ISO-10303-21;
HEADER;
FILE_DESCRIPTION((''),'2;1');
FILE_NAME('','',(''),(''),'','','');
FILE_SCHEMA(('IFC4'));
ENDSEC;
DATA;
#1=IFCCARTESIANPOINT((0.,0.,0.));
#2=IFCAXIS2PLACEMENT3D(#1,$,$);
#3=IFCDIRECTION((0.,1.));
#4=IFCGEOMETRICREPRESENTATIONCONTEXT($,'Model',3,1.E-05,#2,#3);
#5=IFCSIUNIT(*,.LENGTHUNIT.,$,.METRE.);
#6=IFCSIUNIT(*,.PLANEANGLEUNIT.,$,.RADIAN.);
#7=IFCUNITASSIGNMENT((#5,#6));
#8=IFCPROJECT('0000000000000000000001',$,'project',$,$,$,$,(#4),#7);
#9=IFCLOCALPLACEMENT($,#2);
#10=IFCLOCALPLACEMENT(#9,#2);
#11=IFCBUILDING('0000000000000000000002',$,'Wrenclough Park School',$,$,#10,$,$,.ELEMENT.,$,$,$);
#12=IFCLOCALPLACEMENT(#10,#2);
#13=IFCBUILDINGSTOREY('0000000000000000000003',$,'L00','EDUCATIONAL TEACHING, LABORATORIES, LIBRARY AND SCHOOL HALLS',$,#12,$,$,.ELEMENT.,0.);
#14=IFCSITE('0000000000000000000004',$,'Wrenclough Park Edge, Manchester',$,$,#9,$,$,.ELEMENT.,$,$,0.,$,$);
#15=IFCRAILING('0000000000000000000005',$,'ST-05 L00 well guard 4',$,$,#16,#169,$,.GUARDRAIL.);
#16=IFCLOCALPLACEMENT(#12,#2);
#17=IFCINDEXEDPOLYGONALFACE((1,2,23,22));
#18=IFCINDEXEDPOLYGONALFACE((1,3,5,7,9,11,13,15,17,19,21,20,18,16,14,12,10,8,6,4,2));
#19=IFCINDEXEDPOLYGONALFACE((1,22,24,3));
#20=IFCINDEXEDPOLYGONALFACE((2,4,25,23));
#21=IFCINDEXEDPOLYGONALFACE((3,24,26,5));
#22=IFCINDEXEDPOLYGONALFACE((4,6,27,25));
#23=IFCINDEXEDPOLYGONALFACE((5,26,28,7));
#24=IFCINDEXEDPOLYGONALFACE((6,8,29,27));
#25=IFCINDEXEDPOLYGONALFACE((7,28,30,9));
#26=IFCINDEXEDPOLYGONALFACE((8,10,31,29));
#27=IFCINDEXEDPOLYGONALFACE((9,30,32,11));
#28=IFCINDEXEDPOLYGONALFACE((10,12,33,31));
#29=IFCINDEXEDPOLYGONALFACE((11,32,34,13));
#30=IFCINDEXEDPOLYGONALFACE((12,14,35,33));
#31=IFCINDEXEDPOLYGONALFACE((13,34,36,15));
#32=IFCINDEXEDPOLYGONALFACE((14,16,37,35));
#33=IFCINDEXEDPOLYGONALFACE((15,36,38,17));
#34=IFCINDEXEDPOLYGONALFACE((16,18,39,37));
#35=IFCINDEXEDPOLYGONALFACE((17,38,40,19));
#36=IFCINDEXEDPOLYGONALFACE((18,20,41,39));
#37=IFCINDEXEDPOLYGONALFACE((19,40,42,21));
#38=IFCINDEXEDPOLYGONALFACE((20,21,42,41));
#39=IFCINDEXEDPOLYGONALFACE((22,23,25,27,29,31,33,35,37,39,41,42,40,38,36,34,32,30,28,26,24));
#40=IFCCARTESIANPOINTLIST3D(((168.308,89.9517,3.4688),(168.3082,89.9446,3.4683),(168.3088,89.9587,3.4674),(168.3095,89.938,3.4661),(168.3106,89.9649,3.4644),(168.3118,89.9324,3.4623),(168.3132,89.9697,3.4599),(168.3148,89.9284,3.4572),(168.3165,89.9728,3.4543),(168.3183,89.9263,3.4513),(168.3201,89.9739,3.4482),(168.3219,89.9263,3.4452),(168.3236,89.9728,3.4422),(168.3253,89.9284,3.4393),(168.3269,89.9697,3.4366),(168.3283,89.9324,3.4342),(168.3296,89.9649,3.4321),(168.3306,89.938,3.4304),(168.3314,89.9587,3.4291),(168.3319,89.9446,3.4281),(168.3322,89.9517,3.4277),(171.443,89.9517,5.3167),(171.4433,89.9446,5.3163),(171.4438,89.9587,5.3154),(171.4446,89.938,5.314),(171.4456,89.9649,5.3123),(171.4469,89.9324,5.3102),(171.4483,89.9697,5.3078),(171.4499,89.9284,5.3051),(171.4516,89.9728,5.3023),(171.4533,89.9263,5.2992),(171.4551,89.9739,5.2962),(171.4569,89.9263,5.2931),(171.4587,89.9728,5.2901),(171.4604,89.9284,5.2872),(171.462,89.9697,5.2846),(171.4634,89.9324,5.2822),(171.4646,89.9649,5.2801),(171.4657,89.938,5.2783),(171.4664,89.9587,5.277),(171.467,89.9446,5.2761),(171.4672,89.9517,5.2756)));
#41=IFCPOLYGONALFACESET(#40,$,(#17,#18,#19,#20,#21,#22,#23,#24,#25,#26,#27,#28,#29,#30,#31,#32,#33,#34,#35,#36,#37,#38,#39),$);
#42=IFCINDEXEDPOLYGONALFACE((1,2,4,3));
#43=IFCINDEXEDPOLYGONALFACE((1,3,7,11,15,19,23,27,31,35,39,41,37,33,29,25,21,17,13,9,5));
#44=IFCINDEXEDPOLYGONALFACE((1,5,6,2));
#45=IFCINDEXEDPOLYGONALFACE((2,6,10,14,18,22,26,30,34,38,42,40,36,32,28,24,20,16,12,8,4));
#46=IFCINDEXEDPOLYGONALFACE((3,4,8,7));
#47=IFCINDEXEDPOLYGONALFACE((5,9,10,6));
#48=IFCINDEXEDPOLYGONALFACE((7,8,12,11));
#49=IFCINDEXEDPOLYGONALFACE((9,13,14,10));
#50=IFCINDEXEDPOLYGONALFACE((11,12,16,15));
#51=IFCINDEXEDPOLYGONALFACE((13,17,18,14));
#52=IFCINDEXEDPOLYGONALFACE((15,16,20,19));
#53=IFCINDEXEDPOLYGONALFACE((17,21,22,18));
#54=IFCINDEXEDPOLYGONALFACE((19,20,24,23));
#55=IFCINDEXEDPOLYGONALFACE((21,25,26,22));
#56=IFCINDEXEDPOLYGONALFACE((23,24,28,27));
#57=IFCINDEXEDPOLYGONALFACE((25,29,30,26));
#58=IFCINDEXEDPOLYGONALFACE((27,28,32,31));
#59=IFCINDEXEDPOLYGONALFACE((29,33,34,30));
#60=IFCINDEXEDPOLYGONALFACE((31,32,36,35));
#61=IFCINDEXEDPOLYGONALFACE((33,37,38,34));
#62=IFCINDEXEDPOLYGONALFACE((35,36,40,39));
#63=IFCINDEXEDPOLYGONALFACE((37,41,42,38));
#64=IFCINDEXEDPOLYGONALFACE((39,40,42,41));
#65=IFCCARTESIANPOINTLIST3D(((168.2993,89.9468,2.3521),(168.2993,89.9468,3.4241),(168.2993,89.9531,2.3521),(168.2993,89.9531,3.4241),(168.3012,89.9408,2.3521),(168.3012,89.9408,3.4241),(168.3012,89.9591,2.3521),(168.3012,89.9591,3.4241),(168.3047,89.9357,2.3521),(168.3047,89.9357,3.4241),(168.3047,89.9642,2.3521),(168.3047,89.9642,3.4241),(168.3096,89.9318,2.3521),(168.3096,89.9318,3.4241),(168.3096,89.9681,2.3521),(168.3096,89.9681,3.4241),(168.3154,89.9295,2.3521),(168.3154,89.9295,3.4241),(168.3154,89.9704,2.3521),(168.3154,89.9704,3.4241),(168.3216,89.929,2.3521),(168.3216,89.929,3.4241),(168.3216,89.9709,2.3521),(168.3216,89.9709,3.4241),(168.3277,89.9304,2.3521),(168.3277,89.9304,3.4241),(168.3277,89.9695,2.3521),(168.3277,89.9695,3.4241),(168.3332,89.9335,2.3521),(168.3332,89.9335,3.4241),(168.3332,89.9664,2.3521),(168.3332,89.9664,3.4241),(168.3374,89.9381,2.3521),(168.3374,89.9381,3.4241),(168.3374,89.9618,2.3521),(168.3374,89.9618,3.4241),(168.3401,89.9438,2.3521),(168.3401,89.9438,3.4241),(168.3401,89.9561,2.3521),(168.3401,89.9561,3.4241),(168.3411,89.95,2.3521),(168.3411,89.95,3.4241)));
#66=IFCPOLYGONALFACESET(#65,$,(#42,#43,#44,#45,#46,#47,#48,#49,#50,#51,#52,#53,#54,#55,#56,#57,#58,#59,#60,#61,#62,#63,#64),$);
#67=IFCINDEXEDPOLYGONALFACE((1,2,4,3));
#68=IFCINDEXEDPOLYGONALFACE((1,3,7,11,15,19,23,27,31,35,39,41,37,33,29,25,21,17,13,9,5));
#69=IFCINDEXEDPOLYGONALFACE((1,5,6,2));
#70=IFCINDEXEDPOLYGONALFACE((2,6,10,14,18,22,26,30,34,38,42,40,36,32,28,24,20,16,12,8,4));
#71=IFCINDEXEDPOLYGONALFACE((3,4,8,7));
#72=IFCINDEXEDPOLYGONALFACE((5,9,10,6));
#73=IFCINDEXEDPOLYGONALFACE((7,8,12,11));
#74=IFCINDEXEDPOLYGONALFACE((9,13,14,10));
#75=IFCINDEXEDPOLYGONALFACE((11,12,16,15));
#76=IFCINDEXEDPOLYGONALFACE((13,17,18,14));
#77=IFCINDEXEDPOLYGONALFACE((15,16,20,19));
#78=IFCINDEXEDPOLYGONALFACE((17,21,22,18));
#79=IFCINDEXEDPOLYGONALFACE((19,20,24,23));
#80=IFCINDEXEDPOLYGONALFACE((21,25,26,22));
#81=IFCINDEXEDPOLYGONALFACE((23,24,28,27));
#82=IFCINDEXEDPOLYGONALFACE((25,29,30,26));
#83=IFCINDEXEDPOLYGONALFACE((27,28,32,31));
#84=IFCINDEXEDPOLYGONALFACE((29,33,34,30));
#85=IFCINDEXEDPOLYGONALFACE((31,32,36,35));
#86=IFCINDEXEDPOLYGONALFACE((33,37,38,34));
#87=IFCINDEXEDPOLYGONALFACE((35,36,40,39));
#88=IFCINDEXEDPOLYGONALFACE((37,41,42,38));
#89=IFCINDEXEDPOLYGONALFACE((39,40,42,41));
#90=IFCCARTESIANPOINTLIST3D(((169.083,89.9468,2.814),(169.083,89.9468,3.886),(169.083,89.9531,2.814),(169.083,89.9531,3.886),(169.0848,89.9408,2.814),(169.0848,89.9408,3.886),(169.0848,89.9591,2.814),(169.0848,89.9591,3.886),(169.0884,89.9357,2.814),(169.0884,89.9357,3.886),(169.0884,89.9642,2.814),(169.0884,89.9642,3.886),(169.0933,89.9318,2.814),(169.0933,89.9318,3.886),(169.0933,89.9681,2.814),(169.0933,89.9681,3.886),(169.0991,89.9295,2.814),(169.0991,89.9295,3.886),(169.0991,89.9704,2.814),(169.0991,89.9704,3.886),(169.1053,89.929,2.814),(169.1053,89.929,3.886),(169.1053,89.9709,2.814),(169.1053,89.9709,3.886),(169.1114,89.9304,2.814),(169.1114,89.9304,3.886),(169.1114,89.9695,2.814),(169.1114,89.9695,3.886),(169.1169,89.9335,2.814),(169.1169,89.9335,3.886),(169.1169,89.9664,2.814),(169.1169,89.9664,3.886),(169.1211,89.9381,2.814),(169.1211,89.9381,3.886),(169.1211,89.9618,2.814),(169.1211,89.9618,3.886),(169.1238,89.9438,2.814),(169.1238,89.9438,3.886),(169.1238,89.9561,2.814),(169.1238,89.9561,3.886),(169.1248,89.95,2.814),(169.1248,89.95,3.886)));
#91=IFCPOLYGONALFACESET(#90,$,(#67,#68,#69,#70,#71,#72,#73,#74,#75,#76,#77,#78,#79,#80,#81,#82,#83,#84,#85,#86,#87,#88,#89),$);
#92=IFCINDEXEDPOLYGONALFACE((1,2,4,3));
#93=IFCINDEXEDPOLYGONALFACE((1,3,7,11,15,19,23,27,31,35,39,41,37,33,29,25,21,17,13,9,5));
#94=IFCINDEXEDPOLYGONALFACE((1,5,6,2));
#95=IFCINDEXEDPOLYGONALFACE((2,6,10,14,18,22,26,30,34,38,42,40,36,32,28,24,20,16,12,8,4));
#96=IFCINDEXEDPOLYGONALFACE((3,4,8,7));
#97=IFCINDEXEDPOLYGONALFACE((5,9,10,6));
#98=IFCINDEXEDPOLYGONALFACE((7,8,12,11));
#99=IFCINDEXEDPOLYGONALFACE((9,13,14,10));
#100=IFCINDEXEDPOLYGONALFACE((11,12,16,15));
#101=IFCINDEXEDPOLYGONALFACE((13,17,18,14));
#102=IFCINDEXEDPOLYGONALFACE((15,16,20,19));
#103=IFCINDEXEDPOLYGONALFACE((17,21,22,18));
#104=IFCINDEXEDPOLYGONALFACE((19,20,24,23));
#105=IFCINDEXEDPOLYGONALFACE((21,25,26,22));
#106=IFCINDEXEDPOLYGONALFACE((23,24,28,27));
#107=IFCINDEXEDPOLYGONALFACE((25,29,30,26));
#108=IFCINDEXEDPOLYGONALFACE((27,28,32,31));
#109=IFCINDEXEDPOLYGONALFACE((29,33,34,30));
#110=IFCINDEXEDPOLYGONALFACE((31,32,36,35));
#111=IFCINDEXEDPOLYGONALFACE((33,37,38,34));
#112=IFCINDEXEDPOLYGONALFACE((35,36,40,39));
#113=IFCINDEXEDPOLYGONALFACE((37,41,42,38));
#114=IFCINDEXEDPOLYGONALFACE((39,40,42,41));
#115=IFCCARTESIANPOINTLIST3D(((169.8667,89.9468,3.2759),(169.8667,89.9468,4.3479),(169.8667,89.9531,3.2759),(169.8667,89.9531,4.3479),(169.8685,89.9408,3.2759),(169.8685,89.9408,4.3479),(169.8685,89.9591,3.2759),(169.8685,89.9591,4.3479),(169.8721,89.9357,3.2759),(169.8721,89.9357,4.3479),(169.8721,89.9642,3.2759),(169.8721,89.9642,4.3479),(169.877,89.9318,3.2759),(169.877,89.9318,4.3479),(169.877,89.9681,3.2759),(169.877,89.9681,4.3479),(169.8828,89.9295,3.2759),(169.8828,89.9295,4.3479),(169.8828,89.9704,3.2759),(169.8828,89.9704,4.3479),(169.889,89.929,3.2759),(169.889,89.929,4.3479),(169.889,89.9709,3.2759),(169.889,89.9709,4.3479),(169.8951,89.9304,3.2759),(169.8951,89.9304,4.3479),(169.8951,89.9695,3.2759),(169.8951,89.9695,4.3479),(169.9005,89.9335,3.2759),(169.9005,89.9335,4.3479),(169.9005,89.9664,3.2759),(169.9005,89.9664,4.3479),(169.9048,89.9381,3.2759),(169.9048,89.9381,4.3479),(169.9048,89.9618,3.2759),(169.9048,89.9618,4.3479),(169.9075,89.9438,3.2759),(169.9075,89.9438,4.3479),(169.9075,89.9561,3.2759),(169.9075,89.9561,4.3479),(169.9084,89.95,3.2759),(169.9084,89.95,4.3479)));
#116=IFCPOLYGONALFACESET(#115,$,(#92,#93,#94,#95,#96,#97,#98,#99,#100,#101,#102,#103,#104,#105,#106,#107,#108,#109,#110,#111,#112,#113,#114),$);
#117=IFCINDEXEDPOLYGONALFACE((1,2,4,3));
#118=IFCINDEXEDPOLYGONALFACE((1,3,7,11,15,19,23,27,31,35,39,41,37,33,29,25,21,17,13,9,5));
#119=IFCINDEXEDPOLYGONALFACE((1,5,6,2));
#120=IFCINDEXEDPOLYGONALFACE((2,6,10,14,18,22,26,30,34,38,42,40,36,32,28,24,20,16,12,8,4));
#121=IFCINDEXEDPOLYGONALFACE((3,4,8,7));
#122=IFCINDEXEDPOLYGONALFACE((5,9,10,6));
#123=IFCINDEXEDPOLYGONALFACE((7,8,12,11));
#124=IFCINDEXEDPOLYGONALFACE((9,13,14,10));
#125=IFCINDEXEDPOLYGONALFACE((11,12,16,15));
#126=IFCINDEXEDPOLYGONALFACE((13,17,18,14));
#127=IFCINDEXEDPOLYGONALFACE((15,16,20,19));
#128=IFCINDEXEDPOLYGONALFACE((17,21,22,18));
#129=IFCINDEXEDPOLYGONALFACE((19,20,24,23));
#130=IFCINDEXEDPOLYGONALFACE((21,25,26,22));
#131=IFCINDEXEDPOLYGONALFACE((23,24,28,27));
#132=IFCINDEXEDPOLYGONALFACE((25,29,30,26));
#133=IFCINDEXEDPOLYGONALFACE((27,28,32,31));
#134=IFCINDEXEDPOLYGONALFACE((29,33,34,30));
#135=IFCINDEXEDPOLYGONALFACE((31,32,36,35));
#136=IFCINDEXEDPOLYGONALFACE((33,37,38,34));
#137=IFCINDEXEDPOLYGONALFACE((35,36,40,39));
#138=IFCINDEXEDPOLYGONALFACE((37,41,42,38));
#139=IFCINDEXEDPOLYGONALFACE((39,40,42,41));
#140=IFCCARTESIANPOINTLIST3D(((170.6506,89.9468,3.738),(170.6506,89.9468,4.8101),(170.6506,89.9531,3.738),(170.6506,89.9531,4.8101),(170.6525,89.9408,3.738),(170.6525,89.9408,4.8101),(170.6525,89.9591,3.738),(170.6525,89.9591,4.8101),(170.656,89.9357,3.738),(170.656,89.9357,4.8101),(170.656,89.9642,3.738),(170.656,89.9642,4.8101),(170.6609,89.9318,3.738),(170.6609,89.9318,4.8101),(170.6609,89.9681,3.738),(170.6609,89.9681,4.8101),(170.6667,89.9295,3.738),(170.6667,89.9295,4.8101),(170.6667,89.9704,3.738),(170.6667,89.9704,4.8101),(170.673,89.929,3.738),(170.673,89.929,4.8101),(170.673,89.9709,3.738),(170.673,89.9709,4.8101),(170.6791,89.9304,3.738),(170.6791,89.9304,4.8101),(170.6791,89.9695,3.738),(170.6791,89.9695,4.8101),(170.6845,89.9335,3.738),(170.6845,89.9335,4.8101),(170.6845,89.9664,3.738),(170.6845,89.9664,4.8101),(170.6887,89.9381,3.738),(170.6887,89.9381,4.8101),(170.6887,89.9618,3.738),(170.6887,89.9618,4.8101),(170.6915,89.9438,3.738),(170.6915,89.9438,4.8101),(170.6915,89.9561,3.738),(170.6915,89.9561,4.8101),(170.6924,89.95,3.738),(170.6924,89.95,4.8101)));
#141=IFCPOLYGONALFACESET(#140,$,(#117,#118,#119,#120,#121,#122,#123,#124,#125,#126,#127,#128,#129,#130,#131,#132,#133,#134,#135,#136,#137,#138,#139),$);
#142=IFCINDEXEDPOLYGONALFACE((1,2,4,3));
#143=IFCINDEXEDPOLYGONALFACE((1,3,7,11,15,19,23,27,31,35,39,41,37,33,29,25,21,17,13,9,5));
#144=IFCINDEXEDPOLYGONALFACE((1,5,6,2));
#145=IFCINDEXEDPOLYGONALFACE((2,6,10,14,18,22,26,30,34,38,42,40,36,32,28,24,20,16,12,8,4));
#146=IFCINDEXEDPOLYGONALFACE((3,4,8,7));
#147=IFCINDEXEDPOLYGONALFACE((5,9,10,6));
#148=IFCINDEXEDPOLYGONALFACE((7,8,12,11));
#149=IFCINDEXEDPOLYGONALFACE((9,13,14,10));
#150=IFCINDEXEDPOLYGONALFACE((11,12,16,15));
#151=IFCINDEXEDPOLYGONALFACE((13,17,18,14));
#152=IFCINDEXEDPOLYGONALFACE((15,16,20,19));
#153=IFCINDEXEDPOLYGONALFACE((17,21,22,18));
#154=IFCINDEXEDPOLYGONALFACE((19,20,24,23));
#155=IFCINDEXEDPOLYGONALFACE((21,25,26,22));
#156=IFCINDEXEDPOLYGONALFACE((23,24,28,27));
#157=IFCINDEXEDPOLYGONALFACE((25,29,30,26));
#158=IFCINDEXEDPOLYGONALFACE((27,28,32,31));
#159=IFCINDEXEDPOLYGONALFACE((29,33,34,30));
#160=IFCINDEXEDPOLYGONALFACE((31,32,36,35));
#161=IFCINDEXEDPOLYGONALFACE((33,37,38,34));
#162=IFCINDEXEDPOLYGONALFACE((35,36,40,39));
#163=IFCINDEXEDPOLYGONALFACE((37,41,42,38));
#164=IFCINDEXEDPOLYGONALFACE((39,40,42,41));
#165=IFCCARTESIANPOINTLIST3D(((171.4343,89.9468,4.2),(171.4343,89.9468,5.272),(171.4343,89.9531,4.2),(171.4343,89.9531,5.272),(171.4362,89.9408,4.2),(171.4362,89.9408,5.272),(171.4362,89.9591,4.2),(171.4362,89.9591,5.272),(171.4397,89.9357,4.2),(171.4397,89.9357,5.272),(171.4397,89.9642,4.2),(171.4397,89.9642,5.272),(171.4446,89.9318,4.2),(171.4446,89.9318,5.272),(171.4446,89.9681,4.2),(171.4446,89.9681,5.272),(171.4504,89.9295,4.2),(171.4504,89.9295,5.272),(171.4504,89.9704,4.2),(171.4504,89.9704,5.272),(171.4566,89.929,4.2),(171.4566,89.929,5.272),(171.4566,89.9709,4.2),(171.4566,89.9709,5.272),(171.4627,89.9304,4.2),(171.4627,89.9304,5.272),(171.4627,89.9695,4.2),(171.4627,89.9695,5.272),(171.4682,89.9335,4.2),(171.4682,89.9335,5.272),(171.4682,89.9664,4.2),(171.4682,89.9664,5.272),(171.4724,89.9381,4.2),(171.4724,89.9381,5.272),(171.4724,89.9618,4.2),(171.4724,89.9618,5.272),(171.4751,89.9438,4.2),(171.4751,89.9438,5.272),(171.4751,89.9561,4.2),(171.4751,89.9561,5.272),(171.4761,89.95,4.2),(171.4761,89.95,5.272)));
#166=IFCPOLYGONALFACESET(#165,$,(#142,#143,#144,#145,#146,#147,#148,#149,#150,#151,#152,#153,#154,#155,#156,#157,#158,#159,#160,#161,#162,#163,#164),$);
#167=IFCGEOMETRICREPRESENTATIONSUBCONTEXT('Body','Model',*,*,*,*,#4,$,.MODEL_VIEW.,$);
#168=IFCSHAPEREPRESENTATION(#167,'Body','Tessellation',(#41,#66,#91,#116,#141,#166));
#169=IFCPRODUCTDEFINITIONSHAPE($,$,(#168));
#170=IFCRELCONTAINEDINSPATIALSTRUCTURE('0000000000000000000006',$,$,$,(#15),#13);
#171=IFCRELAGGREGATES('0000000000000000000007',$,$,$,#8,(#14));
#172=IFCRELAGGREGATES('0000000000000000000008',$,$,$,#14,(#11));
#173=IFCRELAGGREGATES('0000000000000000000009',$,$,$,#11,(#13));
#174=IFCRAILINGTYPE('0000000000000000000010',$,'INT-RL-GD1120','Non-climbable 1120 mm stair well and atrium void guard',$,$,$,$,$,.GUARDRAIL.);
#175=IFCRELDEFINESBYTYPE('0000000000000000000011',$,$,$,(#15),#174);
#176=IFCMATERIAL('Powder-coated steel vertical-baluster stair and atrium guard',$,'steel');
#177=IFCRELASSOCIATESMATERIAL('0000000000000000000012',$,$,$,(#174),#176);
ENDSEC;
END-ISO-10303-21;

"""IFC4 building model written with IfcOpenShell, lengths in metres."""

from ifc_helpers import new_model, si_unit, direction, frame, origin, origin_2d, place, context, subcontext, project, spatial, circle, extrude, material, type_object, element, save


model = new_model("IFC4")

# Units and contexts
model_context = context("Model", 3, precision=1e-05, world=origin(), true_north=direction((0.0, 1.0)))
body_context = subcontext(model_context, "Body", "Model", "MODEL_VIEW")
ifc_project = project(units=[si_unit("LENGTHUNIT", "METRE"), si_unit("PLANEANGLEUNIT", "RADIAN")], contexts=[model_context])

# Site, building, storey
site_placement = place(None, origin())
site = spatial("IfcSite", under=ifc_project, at=site_placement, Name="Wrenclough Park Edge, Manchester", CompositionType="ELEMENT", RefElevation=0.0)
building_placement = place(site_placement, origin())
building = spatial("IfcBuilding", under=site, at=building_placement, Name="Wrenclough Park School", CompositionType="ELEMENT")
storey_placement = place(building_placement, origin())
storey = spatial("IfcBuildingStorey", under=building, at=storey_placement, Name="L00", Description="EDUCATIONAL TEACHING, LABORATORIES, LIBRARY AND SCHOOL HALLS", CompositionType="ELEMENT", Elevation=0.0)

# Railing
ifc_material_1 = material(Name="Powder-coated steel vertical-baluster stair and atrium guard", Category="steel")
railing_type_1 = type_object("IfcRailingType", Name="INT-RL-GD1120", Description="Non-climbable 1120 mm stair well and atrium void guard", PredefinedType="GUARDRAIL", material=ifc_material_1)
railing_1_placement = place(storey_placement, frame((168.3201, 89.95, 2.3521)))
element("IfcRailing", 1, at=railing_1_placement, inside=storey, type_object=railing_type_1, Name="ST-05 L00 well guard 4", PredefinedType="GUARDRAIL", context=body_context, shape_type="SweptSolid", body=[
    extrude(circle(Radius=0.0239, at=origin_2d()), frame((0.0, 0.0, 1.0962), z_axis=(0.86148, 0.0, 0.507791), x_axis=(0.0, 1.0, 0.0)), (0.0, 0.0, 1.0), 3.6392),
    extrude(circle(Radius=0.021, at=origin_2d()), origin(), (0.0, 0.0, 1.0), 1.072),
    extrude(circle(Radius=0.021, at=origin_2d()), frame((0.7837, 0.0, 0.4619)), (0.0, 0.0, 1.0), 1.072),
    extrude(circle(Radius=0.021, at=origin_2d()), frame((1.5674, 0.0, 0.9238)), (0.0, 0.0, 1.0), 1.072),
    extrude(circle(Radius=0.021, at=origin_2d()), frame((2.3513, 0.0, 1.386)), (0.0, 0.0, 1.0), 1.072),
    extrude(circle(Radius=0.021, at=origin_2d()), frame((3.135, 0.0, 1.8479)), (0.0, 0.0, 1.0), 1.072),
])

save(model, "model.ifc")
